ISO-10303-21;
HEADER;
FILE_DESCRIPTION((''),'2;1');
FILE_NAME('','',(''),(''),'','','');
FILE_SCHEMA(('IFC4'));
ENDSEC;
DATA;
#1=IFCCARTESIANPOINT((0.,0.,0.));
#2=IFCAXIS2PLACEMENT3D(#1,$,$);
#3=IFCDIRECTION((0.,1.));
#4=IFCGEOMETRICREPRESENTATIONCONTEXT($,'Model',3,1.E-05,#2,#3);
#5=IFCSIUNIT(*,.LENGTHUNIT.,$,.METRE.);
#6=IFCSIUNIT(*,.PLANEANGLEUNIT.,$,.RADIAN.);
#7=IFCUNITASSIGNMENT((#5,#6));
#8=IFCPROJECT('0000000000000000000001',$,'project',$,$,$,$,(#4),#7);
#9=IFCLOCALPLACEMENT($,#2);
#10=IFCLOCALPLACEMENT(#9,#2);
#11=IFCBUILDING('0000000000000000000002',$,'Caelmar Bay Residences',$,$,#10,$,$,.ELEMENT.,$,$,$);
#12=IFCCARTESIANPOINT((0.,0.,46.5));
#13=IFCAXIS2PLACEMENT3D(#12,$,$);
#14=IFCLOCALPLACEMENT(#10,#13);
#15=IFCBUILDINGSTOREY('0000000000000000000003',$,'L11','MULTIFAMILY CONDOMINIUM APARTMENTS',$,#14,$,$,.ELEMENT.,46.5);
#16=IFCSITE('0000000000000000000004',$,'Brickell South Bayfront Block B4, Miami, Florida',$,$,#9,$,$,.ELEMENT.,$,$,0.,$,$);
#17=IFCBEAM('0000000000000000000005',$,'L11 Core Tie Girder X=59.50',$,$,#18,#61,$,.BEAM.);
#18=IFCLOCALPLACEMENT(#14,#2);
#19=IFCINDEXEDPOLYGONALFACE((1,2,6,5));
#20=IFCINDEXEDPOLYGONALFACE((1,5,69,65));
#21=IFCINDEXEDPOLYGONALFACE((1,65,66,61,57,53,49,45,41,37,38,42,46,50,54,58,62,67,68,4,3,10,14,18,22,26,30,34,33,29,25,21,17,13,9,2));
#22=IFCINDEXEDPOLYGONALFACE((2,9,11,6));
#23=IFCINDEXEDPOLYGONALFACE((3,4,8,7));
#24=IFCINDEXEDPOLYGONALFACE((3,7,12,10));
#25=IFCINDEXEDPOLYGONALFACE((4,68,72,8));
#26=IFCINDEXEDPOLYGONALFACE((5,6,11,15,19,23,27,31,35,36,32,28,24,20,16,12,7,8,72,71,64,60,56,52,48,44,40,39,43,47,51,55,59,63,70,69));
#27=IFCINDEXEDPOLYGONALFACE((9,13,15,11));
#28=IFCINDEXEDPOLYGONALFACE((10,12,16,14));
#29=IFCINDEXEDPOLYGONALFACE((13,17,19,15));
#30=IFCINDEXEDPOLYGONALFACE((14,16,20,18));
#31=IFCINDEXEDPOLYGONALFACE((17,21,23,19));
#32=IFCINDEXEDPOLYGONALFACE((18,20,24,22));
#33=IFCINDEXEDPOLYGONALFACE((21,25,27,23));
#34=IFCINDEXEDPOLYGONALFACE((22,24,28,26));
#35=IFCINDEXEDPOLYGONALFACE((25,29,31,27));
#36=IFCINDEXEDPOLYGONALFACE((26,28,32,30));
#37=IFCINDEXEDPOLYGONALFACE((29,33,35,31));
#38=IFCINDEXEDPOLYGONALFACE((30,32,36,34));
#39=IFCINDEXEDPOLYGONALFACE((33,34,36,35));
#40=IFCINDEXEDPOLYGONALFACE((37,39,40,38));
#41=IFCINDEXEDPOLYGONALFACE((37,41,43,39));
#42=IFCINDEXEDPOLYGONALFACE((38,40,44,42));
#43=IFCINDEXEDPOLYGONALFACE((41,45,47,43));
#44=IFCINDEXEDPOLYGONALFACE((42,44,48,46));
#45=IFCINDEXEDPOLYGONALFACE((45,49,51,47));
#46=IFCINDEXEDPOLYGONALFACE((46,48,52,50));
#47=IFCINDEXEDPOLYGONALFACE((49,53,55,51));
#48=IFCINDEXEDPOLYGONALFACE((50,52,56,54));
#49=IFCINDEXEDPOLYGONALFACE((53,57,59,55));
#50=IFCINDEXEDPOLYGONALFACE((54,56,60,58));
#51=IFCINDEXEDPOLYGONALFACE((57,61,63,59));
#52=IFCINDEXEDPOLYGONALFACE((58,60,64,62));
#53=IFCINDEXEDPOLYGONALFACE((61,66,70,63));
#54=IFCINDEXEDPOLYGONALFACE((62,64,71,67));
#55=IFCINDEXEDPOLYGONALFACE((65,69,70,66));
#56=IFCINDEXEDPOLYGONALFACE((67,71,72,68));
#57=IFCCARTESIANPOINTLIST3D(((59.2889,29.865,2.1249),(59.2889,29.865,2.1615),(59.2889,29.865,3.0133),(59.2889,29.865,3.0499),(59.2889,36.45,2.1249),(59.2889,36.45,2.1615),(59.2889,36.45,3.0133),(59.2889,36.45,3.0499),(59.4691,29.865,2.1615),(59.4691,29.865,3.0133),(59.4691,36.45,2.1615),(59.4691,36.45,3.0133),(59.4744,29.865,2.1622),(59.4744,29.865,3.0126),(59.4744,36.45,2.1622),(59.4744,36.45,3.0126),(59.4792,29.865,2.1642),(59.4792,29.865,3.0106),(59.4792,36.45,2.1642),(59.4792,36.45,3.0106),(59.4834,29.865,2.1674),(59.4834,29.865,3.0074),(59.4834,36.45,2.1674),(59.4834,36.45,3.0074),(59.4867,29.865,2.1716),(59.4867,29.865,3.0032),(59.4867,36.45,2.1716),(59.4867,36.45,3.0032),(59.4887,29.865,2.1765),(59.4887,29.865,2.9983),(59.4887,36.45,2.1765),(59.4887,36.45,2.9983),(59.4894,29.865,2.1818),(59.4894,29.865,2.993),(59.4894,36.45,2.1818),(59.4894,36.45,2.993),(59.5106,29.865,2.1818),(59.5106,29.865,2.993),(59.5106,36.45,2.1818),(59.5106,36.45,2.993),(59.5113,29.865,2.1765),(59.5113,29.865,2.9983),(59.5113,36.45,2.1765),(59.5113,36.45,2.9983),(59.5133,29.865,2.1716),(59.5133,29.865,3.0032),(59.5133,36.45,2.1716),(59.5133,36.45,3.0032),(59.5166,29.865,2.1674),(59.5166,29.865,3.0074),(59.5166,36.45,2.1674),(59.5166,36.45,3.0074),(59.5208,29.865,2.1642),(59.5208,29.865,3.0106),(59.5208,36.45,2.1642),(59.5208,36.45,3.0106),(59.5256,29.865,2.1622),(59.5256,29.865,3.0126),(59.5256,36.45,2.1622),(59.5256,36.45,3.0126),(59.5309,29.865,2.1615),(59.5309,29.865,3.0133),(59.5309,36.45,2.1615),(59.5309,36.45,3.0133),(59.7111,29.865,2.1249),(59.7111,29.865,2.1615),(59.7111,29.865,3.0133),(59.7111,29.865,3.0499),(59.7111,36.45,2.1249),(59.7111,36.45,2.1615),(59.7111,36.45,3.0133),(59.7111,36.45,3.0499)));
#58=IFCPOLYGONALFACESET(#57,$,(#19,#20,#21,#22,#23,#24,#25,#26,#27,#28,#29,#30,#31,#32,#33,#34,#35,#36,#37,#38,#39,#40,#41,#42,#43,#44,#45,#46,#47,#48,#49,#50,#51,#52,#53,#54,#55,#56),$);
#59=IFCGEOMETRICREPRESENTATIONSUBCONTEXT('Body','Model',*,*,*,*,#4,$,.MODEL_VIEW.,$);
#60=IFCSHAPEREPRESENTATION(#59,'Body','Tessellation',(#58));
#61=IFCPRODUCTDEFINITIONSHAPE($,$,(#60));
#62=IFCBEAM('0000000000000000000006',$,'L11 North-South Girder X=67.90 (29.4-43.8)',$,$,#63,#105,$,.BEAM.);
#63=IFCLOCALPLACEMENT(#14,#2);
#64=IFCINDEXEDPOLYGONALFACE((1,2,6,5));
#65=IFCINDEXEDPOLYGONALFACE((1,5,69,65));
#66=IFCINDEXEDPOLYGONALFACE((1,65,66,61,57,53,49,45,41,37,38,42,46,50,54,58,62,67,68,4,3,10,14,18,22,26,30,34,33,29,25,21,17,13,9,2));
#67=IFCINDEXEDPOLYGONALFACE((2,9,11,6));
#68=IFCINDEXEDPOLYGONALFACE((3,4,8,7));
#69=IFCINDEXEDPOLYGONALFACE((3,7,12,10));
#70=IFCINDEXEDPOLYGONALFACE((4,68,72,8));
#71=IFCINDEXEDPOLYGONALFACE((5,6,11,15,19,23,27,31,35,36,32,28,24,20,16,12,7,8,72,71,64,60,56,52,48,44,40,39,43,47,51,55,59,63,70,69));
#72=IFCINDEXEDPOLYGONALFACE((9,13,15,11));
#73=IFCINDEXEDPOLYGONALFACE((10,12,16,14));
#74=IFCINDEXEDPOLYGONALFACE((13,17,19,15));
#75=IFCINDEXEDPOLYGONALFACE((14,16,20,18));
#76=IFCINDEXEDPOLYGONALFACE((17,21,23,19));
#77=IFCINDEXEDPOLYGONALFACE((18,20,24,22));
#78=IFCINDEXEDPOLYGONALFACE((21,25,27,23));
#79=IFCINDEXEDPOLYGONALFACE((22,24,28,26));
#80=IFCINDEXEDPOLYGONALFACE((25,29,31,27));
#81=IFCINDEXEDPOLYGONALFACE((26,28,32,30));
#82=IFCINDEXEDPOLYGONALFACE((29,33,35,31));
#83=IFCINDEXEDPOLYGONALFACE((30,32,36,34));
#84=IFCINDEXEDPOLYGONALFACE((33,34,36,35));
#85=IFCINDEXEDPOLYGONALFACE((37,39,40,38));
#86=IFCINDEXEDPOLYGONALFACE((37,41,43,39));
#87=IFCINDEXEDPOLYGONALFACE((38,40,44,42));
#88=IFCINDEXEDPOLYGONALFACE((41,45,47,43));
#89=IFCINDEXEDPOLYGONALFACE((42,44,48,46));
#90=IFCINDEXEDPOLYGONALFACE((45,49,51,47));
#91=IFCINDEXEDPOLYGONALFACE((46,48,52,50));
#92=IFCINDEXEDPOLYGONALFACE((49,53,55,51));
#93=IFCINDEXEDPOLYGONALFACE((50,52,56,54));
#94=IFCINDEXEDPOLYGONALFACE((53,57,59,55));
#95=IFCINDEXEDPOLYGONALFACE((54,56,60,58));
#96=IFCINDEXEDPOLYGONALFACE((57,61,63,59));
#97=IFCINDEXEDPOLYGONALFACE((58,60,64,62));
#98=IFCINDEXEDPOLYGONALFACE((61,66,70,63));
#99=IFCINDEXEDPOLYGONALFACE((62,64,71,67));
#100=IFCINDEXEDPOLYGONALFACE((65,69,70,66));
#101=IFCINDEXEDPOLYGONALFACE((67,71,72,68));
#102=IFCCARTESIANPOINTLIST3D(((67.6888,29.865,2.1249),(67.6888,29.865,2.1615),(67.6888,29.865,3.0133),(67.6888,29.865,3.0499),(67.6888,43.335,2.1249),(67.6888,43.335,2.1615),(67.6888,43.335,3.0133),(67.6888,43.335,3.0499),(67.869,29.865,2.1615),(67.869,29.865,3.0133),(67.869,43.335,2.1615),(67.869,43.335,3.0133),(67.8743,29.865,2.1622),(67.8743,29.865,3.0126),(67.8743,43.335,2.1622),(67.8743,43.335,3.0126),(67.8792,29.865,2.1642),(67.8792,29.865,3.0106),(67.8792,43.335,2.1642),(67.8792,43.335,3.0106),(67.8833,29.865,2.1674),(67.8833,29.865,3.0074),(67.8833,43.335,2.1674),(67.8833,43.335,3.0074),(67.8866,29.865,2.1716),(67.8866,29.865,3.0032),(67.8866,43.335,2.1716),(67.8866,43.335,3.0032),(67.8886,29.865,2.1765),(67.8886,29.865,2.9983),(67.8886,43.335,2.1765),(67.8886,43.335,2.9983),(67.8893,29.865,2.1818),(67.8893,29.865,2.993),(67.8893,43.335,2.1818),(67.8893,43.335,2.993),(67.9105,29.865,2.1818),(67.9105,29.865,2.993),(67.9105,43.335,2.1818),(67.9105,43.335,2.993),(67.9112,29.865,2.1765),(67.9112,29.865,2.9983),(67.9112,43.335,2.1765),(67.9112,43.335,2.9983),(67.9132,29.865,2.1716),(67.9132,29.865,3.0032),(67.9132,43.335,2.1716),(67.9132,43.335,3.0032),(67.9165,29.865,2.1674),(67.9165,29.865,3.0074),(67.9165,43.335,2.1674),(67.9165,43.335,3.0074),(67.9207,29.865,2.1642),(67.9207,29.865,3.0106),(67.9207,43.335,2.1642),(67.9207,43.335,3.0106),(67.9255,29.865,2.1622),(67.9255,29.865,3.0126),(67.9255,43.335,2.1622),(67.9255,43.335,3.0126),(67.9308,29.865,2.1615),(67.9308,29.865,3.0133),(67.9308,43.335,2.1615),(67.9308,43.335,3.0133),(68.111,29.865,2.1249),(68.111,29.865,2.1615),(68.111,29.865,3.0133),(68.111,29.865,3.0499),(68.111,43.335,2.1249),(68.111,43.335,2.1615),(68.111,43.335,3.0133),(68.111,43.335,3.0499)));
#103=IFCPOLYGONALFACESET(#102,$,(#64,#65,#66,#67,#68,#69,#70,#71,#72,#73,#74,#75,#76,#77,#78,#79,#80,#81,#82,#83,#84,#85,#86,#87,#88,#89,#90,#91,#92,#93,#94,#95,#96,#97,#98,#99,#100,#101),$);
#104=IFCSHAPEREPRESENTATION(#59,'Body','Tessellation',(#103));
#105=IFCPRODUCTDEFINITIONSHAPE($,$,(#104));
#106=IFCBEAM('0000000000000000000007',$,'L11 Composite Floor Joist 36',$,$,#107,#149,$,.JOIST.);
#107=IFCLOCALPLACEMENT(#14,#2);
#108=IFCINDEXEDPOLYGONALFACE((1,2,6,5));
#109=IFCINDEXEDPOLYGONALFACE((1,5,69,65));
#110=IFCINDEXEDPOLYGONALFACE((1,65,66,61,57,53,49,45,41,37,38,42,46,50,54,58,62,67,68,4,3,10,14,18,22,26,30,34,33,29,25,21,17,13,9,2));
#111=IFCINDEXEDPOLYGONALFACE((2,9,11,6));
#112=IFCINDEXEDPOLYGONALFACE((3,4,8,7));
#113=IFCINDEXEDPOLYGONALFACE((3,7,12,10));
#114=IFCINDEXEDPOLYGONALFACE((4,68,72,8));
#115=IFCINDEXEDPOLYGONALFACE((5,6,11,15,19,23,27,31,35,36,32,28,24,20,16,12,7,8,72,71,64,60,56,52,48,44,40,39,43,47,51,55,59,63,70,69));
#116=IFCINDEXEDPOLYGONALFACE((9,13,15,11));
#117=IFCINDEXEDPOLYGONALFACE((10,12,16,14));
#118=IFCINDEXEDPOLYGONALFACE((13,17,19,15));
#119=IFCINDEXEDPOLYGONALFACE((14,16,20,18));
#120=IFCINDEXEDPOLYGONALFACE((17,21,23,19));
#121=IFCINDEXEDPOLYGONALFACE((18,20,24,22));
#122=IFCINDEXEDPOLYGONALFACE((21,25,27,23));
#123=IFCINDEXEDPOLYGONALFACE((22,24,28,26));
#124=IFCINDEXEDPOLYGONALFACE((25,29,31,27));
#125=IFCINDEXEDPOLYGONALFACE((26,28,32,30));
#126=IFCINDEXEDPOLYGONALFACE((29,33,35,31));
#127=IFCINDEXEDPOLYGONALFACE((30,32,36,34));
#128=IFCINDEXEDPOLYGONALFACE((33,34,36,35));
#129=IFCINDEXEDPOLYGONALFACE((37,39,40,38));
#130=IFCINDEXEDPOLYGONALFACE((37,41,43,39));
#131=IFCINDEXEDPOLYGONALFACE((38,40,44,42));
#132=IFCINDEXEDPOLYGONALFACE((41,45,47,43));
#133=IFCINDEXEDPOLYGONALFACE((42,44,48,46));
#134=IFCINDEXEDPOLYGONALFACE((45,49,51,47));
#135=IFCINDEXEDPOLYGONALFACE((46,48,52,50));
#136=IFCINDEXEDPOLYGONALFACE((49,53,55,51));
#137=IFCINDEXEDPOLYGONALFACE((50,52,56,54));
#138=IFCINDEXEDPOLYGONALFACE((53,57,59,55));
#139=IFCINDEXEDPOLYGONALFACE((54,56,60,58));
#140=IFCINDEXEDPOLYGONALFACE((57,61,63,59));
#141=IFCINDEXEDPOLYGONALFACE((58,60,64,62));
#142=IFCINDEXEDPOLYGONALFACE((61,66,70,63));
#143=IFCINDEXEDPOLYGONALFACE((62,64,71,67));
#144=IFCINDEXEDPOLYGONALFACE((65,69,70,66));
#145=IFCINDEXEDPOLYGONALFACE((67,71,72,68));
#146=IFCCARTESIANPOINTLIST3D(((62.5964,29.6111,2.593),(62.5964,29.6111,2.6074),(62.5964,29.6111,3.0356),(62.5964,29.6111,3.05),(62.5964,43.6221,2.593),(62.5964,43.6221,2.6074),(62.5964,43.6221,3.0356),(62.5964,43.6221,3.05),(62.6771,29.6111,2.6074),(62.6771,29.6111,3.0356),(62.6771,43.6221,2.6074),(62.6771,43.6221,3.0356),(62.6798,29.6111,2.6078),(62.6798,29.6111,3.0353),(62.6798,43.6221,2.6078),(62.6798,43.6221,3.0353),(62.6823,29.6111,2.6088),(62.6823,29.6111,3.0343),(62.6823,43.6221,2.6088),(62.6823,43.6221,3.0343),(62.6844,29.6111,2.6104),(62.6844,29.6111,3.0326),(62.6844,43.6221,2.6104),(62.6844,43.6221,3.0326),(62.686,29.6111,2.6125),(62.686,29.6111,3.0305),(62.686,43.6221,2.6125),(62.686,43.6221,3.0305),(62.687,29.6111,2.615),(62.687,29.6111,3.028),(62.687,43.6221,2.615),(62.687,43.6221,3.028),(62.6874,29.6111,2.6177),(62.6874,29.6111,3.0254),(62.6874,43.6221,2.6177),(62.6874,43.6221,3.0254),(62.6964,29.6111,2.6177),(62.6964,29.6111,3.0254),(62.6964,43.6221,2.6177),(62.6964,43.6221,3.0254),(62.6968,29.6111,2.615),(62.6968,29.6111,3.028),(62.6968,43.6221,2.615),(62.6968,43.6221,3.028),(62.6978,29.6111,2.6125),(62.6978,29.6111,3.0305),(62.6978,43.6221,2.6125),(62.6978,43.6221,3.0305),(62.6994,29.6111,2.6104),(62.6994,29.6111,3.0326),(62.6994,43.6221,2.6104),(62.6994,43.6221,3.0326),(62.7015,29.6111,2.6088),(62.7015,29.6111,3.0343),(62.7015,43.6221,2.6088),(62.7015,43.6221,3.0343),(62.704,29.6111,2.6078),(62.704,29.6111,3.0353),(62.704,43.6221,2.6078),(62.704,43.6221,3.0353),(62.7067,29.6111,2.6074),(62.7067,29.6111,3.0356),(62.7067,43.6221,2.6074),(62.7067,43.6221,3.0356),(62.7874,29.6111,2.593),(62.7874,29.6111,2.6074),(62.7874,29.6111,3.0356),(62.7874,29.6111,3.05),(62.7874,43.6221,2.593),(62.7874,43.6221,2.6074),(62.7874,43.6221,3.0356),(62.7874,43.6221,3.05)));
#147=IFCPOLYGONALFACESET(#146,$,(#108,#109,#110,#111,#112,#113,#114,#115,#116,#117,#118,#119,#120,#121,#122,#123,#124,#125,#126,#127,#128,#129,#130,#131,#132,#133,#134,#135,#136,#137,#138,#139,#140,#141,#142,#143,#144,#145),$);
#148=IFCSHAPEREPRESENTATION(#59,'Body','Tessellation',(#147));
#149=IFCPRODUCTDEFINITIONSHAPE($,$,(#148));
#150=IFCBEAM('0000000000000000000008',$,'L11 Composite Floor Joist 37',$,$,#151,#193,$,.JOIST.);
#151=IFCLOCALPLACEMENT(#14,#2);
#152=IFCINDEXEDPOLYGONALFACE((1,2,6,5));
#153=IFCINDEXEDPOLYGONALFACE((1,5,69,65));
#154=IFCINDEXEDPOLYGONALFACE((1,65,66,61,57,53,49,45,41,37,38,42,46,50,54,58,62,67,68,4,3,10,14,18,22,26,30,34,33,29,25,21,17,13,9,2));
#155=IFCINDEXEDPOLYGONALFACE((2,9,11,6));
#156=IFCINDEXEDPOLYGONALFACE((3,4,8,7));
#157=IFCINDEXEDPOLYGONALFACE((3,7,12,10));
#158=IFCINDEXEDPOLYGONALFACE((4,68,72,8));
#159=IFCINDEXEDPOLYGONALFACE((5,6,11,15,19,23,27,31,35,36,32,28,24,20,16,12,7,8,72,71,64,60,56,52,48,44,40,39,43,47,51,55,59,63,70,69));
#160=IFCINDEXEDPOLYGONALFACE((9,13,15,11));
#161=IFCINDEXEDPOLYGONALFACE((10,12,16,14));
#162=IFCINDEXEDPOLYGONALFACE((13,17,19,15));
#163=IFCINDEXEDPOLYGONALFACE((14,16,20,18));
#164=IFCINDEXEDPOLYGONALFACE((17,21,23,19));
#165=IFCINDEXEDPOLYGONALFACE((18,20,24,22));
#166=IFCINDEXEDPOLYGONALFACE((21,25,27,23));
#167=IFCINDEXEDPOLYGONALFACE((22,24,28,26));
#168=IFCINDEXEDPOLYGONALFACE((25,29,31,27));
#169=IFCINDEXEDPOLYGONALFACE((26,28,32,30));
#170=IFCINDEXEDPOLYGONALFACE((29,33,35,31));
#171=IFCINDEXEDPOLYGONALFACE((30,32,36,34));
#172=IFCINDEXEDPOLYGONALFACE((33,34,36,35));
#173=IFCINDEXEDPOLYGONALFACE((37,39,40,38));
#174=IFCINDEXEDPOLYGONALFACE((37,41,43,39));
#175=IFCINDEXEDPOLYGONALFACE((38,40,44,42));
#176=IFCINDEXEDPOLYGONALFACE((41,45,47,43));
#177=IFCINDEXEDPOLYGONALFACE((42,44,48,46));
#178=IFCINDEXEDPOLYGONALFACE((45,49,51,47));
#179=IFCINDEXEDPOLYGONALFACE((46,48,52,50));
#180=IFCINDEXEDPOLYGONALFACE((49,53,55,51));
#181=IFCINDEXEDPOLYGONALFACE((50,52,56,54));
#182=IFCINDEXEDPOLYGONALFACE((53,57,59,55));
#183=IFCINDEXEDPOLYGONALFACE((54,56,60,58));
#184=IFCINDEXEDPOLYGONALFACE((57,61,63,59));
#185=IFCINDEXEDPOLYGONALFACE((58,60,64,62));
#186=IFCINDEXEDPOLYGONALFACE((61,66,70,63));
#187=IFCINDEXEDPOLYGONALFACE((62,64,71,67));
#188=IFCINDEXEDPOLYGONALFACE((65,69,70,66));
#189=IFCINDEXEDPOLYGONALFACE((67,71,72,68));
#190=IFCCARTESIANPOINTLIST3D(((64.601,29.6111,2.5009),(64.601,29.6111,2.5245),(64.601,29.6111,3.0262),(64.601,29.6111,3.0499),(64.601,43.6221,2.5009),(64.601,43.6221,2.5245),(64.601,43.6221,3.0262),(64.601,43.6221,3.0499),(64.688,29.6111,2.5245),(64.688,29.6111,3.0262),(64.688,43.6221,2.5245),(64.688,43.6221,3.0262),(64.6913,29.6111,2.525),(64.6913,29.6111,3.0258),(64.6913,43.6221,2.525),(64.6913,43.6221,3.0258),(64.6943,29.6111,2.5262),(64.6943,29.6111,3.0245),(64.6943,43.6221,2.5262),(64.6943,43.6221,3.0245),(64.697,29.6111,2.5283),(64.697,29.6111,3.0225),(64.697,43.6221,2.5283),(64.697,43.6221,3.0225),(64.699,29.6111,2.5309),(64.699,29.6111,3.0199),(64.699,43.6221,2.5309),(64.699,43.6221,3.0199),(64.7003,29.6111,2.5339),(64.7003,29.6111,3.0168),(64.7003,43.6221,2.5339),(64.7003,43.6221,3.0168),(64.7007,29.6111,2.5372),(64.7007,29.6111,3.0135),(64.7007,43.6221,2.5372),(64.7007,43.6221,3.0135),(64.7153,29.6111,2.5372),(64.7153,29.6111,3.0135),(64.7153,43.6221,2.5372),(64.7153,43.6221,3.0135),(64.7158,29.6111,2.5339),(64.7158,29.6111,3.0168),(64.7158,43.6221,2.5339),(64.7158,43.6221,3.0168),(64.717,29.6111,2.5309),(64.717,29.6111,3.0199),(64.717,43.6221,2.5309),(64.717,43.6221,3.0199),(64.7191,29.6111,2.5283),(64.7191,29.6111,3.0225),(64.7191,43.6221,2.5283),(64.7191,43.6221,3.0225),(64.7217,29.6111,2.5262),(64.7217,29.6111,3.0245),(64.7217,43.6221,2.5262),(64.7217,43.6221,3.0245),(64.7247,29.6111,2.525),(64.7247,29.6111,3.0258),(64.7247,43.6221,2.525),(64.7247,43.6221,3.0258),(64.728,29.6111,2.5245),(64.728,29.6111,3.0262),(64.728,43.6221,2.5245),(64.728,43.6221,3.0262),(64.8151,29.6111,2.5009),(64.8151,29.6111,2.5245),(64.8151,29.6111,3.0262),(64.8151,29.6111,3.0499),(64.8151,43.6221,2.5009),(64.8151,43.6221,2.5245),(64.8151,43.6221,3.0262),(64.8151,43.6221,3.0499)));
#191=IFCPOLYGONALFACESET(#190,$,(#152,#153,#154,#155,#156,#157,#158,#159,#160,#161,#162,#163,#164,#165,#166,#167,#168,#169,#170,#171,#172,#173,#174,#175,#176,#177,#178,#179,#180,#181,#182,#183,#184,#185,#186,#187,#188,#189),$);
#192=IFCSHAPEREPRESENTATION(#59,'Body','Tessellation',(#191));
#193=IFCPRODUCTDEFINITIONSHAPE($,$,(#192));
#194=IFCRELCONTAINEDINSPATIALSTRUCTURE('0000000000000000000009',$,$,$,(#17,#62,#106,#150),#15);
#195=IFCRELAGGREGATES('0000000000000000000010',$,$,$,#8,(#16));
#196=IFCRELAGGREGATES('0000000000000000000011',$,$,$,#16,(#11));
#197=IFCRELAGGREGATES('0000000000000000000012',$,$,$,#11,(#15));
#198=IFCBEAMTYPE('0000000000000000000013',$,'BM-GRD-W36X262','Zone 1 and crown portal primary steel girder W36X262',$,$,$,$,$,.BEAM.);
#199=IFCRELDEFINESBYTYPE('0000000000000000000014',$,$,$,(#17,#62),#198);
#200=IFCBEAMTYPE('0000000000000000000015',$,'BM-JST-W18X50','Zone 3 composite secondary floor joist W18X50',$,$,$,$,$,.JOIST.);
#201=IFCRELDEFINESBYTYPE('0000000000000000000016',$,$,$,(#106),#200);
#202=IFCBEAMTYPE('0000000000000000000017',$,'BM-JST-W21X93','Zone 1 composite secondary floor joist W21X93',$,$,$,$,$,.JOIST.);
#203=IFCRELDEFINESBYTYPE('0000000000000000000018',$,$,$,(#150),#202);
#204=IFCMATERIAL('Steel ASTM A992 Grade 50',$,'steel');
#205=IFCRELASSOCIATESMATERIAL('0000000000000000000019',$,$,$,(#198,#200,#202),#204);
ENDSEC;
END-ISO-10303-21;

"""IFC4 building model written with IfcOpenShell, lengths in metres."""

from ifc_helpers import new_model, si_unit, direction, frame, origin, origin_2d, place, context, subcontext, project, spatial, i_section, extrude, material, material_profile, profile_set, type_object, element, save


model = new_model("IFC4")

# Units and contexts
model_context = context("Model", 3, precision=1e-05, world=origin(), true_north=direction((0.0, 1.0)))
body_context = subcontext(model_context, "Body", "Model", "MODEL_VIEW")
ifc_project = project(units=[si_unit("LENGTHUNIT", "METRE"), si_unit("PLANEANGLEUNIT", "RADIAN")], contexts=[model_context])

# Site, building, storey
site_placement = place(None, origin())
site = spatial("IfcSite", under=ifc_project, at=site_placement, Name="Brickell South Bayfront Block B4, Miami, Florida", CompositionType="ELEMENT", RefElevation=0.0)
building_placement = place(site_placement, origin())
building = spatial("IfcBuilding", under=site, at=building_placement, Name="Caelmar Bay Residences", CompositionType="ELEMENT")
storey_placement = place(building_placement, frame((0.0, 0.0, 46.5)))
storey = spatial("IfcBuildingStorey", under=building, at=storey_placement, Name="L11", Description="MULTIFAMILY CONDOMINIUM APARTMENTS", CompositionType="ELEMENT", Elevation=46.5)

# Beams
ifc_material_1 = material(Name="Steel ASTM A992 Grade 50", Category="steel")
ifc_material_profile_1 = material_profile(ifc_material_1, i_section(OverallWidth=0.4221, OverallDepth=0.925, WebThickness=0.0212, FlangeThickness=0.0366, FilletRadius=0.0203, at=origin_2d()), Name="W36X262")
ifc_profile_set_1 = profile_set([ifc_material_profile_1], Name="Steel ASTM A992 Grade 50")
beam_type_1 = type_object("IfcBeamType", Name="BM-GRD-W36X262", Description="Zone 1 and crown portal primary steel girder W36X262", PredefinedType="BEAM", material=ifc_profile_set_1)
beam_1_placement = place(storey_placement, frame((59.5, 29.865, 2.5874), z_axis=(0.0, 1.0, 0.0), x_axis=(-1.0, 0.0, 0.0)))
element("IfcBeam", 1, at=beam_1_placement, inside=storey, type_object=beam_type_1, Name="L11 Core Tie Girder X=59.50", PredefinedType="BEAM", context=body_context, shape_type="SweptSolid", body=[
    extrude(i_section(OverallWidth=0.4221, OverallDepth=0.925, WebThickness=0.0212, FlangeThickness=0.0366, FilletRadius=0.0203, at=origin_2d()), origin(), (0.0, 0.0, 1.0), 6.585),
])
beam_2_placement = place(storey_placement, frame((67.8999, 29.865, 2.5874), z_axis=(0.0, 1.0, 0.0), x_axis=(-1.0, 0.0, 0.0)))
element("IfcBeam", 2, at=beam_2_placement, inside=storey, type_object=beam_type_1, Name="L11 North-South Girder X=67.90 (29.4-43.8)", PredefinedType="BEAM", context=body_context, shape_type="SweptSolid", body=[
    extrude(i_section(OverallWidth=0.4221, OverallDepth=0.925, WebThickness=0.0212, FlangeThickness=0.0366, FilletRadius=0.0203, at=origin_2d()), origin(), (0.0, 0.0, 1.0), 13.47),
])
ifc_material_profile_2 = material_profile(ifc_material_1, i_section(OverallWidth=0.1909, OverallDepth=0.457, WebThickness=0.009, FlangeThickness=0.0144, FilletRadius=0.0103, at=origin_2d()), Name="W18X50")
ifc_profile_set_2 = profile_set([ifc_material_profile_2], Name="Steel ASTM A992 Grade 50")
beam_type_2 = type_object("IfcBeamType", Name="BM-JST-W18X50", Description="Zone 3 composite secondary floor joist W18X50", PredefinedType="JOIST", material=ifc_profile_set_2)
beam_3_placement = place(storey_placement, frame((62.6919, 29.6111, 2.8215), z_axis=(0.0, 1.0, 0.0), x_axis=(-1.0, 0.0, 0.0)))
element("IfcBeam", 3, at=beam_3_placement, inside=storey, type_object=beam_type_2, Name="L11 Composite Floor Joist 36", PredefinedType="JOIST", context=body_context, shape_type="SweptSolid", body=[
    extrude(i_section(OverallWidth=0.1909, OverallDepth=0.457, WebThickness=0.009, FlangeThickness=0.0144, FilletRadius=0.0103, at=origin_2d()), origin(), (0.0, 0.0, 1.0), 14.011),
])
ifc_material_profile_3 = material_profile(ifc_material_1, i_section(OverallWidth=0.2141, OverallDepth=0.5491, WebThickness=0.0146, FlangeThickness=0.0237, FilletRadius=0.0127, at=origin_2d()), Name="W21X93")
ifc_profile_set_3 = profile_set([ifc_material_profile_3], Name="Steel ASTM A992 Grade 50")
beam_type_3 = type_object("IfcBeamType", Name="BM-JST-W21X93", Description="Zone 1 composite secondary floor joist W21X93", PredefinedType="JOIST", material=ifc_profile_set_3)
beam_4_placement = place(storey_placement, frame((64.708, 29.6111, 2.7754), z_axis=(0.0, 1.0, 0.0), x_axis=(-1.0, 0.0, 0.0)))
element("IfcBeam", 4, at=beam_4_placement, inside=storey, type_object=beam_type_3, Name="L11 Composite Floor Joist 37", PredefinedType="JOIST", context=body_context, shape_type="SweptSolid", body=[
    extrude(i_section(OverallWidth=0.2141, OverallDepth=0.5491, WebThickness=0.0146, FlangeThickness=0.0237, FilletRadius=0.0127, at=origin_2d()), origin(), (0.0, 0.0, 1.0), 14.011),
])

save(model, "model.ifc")
